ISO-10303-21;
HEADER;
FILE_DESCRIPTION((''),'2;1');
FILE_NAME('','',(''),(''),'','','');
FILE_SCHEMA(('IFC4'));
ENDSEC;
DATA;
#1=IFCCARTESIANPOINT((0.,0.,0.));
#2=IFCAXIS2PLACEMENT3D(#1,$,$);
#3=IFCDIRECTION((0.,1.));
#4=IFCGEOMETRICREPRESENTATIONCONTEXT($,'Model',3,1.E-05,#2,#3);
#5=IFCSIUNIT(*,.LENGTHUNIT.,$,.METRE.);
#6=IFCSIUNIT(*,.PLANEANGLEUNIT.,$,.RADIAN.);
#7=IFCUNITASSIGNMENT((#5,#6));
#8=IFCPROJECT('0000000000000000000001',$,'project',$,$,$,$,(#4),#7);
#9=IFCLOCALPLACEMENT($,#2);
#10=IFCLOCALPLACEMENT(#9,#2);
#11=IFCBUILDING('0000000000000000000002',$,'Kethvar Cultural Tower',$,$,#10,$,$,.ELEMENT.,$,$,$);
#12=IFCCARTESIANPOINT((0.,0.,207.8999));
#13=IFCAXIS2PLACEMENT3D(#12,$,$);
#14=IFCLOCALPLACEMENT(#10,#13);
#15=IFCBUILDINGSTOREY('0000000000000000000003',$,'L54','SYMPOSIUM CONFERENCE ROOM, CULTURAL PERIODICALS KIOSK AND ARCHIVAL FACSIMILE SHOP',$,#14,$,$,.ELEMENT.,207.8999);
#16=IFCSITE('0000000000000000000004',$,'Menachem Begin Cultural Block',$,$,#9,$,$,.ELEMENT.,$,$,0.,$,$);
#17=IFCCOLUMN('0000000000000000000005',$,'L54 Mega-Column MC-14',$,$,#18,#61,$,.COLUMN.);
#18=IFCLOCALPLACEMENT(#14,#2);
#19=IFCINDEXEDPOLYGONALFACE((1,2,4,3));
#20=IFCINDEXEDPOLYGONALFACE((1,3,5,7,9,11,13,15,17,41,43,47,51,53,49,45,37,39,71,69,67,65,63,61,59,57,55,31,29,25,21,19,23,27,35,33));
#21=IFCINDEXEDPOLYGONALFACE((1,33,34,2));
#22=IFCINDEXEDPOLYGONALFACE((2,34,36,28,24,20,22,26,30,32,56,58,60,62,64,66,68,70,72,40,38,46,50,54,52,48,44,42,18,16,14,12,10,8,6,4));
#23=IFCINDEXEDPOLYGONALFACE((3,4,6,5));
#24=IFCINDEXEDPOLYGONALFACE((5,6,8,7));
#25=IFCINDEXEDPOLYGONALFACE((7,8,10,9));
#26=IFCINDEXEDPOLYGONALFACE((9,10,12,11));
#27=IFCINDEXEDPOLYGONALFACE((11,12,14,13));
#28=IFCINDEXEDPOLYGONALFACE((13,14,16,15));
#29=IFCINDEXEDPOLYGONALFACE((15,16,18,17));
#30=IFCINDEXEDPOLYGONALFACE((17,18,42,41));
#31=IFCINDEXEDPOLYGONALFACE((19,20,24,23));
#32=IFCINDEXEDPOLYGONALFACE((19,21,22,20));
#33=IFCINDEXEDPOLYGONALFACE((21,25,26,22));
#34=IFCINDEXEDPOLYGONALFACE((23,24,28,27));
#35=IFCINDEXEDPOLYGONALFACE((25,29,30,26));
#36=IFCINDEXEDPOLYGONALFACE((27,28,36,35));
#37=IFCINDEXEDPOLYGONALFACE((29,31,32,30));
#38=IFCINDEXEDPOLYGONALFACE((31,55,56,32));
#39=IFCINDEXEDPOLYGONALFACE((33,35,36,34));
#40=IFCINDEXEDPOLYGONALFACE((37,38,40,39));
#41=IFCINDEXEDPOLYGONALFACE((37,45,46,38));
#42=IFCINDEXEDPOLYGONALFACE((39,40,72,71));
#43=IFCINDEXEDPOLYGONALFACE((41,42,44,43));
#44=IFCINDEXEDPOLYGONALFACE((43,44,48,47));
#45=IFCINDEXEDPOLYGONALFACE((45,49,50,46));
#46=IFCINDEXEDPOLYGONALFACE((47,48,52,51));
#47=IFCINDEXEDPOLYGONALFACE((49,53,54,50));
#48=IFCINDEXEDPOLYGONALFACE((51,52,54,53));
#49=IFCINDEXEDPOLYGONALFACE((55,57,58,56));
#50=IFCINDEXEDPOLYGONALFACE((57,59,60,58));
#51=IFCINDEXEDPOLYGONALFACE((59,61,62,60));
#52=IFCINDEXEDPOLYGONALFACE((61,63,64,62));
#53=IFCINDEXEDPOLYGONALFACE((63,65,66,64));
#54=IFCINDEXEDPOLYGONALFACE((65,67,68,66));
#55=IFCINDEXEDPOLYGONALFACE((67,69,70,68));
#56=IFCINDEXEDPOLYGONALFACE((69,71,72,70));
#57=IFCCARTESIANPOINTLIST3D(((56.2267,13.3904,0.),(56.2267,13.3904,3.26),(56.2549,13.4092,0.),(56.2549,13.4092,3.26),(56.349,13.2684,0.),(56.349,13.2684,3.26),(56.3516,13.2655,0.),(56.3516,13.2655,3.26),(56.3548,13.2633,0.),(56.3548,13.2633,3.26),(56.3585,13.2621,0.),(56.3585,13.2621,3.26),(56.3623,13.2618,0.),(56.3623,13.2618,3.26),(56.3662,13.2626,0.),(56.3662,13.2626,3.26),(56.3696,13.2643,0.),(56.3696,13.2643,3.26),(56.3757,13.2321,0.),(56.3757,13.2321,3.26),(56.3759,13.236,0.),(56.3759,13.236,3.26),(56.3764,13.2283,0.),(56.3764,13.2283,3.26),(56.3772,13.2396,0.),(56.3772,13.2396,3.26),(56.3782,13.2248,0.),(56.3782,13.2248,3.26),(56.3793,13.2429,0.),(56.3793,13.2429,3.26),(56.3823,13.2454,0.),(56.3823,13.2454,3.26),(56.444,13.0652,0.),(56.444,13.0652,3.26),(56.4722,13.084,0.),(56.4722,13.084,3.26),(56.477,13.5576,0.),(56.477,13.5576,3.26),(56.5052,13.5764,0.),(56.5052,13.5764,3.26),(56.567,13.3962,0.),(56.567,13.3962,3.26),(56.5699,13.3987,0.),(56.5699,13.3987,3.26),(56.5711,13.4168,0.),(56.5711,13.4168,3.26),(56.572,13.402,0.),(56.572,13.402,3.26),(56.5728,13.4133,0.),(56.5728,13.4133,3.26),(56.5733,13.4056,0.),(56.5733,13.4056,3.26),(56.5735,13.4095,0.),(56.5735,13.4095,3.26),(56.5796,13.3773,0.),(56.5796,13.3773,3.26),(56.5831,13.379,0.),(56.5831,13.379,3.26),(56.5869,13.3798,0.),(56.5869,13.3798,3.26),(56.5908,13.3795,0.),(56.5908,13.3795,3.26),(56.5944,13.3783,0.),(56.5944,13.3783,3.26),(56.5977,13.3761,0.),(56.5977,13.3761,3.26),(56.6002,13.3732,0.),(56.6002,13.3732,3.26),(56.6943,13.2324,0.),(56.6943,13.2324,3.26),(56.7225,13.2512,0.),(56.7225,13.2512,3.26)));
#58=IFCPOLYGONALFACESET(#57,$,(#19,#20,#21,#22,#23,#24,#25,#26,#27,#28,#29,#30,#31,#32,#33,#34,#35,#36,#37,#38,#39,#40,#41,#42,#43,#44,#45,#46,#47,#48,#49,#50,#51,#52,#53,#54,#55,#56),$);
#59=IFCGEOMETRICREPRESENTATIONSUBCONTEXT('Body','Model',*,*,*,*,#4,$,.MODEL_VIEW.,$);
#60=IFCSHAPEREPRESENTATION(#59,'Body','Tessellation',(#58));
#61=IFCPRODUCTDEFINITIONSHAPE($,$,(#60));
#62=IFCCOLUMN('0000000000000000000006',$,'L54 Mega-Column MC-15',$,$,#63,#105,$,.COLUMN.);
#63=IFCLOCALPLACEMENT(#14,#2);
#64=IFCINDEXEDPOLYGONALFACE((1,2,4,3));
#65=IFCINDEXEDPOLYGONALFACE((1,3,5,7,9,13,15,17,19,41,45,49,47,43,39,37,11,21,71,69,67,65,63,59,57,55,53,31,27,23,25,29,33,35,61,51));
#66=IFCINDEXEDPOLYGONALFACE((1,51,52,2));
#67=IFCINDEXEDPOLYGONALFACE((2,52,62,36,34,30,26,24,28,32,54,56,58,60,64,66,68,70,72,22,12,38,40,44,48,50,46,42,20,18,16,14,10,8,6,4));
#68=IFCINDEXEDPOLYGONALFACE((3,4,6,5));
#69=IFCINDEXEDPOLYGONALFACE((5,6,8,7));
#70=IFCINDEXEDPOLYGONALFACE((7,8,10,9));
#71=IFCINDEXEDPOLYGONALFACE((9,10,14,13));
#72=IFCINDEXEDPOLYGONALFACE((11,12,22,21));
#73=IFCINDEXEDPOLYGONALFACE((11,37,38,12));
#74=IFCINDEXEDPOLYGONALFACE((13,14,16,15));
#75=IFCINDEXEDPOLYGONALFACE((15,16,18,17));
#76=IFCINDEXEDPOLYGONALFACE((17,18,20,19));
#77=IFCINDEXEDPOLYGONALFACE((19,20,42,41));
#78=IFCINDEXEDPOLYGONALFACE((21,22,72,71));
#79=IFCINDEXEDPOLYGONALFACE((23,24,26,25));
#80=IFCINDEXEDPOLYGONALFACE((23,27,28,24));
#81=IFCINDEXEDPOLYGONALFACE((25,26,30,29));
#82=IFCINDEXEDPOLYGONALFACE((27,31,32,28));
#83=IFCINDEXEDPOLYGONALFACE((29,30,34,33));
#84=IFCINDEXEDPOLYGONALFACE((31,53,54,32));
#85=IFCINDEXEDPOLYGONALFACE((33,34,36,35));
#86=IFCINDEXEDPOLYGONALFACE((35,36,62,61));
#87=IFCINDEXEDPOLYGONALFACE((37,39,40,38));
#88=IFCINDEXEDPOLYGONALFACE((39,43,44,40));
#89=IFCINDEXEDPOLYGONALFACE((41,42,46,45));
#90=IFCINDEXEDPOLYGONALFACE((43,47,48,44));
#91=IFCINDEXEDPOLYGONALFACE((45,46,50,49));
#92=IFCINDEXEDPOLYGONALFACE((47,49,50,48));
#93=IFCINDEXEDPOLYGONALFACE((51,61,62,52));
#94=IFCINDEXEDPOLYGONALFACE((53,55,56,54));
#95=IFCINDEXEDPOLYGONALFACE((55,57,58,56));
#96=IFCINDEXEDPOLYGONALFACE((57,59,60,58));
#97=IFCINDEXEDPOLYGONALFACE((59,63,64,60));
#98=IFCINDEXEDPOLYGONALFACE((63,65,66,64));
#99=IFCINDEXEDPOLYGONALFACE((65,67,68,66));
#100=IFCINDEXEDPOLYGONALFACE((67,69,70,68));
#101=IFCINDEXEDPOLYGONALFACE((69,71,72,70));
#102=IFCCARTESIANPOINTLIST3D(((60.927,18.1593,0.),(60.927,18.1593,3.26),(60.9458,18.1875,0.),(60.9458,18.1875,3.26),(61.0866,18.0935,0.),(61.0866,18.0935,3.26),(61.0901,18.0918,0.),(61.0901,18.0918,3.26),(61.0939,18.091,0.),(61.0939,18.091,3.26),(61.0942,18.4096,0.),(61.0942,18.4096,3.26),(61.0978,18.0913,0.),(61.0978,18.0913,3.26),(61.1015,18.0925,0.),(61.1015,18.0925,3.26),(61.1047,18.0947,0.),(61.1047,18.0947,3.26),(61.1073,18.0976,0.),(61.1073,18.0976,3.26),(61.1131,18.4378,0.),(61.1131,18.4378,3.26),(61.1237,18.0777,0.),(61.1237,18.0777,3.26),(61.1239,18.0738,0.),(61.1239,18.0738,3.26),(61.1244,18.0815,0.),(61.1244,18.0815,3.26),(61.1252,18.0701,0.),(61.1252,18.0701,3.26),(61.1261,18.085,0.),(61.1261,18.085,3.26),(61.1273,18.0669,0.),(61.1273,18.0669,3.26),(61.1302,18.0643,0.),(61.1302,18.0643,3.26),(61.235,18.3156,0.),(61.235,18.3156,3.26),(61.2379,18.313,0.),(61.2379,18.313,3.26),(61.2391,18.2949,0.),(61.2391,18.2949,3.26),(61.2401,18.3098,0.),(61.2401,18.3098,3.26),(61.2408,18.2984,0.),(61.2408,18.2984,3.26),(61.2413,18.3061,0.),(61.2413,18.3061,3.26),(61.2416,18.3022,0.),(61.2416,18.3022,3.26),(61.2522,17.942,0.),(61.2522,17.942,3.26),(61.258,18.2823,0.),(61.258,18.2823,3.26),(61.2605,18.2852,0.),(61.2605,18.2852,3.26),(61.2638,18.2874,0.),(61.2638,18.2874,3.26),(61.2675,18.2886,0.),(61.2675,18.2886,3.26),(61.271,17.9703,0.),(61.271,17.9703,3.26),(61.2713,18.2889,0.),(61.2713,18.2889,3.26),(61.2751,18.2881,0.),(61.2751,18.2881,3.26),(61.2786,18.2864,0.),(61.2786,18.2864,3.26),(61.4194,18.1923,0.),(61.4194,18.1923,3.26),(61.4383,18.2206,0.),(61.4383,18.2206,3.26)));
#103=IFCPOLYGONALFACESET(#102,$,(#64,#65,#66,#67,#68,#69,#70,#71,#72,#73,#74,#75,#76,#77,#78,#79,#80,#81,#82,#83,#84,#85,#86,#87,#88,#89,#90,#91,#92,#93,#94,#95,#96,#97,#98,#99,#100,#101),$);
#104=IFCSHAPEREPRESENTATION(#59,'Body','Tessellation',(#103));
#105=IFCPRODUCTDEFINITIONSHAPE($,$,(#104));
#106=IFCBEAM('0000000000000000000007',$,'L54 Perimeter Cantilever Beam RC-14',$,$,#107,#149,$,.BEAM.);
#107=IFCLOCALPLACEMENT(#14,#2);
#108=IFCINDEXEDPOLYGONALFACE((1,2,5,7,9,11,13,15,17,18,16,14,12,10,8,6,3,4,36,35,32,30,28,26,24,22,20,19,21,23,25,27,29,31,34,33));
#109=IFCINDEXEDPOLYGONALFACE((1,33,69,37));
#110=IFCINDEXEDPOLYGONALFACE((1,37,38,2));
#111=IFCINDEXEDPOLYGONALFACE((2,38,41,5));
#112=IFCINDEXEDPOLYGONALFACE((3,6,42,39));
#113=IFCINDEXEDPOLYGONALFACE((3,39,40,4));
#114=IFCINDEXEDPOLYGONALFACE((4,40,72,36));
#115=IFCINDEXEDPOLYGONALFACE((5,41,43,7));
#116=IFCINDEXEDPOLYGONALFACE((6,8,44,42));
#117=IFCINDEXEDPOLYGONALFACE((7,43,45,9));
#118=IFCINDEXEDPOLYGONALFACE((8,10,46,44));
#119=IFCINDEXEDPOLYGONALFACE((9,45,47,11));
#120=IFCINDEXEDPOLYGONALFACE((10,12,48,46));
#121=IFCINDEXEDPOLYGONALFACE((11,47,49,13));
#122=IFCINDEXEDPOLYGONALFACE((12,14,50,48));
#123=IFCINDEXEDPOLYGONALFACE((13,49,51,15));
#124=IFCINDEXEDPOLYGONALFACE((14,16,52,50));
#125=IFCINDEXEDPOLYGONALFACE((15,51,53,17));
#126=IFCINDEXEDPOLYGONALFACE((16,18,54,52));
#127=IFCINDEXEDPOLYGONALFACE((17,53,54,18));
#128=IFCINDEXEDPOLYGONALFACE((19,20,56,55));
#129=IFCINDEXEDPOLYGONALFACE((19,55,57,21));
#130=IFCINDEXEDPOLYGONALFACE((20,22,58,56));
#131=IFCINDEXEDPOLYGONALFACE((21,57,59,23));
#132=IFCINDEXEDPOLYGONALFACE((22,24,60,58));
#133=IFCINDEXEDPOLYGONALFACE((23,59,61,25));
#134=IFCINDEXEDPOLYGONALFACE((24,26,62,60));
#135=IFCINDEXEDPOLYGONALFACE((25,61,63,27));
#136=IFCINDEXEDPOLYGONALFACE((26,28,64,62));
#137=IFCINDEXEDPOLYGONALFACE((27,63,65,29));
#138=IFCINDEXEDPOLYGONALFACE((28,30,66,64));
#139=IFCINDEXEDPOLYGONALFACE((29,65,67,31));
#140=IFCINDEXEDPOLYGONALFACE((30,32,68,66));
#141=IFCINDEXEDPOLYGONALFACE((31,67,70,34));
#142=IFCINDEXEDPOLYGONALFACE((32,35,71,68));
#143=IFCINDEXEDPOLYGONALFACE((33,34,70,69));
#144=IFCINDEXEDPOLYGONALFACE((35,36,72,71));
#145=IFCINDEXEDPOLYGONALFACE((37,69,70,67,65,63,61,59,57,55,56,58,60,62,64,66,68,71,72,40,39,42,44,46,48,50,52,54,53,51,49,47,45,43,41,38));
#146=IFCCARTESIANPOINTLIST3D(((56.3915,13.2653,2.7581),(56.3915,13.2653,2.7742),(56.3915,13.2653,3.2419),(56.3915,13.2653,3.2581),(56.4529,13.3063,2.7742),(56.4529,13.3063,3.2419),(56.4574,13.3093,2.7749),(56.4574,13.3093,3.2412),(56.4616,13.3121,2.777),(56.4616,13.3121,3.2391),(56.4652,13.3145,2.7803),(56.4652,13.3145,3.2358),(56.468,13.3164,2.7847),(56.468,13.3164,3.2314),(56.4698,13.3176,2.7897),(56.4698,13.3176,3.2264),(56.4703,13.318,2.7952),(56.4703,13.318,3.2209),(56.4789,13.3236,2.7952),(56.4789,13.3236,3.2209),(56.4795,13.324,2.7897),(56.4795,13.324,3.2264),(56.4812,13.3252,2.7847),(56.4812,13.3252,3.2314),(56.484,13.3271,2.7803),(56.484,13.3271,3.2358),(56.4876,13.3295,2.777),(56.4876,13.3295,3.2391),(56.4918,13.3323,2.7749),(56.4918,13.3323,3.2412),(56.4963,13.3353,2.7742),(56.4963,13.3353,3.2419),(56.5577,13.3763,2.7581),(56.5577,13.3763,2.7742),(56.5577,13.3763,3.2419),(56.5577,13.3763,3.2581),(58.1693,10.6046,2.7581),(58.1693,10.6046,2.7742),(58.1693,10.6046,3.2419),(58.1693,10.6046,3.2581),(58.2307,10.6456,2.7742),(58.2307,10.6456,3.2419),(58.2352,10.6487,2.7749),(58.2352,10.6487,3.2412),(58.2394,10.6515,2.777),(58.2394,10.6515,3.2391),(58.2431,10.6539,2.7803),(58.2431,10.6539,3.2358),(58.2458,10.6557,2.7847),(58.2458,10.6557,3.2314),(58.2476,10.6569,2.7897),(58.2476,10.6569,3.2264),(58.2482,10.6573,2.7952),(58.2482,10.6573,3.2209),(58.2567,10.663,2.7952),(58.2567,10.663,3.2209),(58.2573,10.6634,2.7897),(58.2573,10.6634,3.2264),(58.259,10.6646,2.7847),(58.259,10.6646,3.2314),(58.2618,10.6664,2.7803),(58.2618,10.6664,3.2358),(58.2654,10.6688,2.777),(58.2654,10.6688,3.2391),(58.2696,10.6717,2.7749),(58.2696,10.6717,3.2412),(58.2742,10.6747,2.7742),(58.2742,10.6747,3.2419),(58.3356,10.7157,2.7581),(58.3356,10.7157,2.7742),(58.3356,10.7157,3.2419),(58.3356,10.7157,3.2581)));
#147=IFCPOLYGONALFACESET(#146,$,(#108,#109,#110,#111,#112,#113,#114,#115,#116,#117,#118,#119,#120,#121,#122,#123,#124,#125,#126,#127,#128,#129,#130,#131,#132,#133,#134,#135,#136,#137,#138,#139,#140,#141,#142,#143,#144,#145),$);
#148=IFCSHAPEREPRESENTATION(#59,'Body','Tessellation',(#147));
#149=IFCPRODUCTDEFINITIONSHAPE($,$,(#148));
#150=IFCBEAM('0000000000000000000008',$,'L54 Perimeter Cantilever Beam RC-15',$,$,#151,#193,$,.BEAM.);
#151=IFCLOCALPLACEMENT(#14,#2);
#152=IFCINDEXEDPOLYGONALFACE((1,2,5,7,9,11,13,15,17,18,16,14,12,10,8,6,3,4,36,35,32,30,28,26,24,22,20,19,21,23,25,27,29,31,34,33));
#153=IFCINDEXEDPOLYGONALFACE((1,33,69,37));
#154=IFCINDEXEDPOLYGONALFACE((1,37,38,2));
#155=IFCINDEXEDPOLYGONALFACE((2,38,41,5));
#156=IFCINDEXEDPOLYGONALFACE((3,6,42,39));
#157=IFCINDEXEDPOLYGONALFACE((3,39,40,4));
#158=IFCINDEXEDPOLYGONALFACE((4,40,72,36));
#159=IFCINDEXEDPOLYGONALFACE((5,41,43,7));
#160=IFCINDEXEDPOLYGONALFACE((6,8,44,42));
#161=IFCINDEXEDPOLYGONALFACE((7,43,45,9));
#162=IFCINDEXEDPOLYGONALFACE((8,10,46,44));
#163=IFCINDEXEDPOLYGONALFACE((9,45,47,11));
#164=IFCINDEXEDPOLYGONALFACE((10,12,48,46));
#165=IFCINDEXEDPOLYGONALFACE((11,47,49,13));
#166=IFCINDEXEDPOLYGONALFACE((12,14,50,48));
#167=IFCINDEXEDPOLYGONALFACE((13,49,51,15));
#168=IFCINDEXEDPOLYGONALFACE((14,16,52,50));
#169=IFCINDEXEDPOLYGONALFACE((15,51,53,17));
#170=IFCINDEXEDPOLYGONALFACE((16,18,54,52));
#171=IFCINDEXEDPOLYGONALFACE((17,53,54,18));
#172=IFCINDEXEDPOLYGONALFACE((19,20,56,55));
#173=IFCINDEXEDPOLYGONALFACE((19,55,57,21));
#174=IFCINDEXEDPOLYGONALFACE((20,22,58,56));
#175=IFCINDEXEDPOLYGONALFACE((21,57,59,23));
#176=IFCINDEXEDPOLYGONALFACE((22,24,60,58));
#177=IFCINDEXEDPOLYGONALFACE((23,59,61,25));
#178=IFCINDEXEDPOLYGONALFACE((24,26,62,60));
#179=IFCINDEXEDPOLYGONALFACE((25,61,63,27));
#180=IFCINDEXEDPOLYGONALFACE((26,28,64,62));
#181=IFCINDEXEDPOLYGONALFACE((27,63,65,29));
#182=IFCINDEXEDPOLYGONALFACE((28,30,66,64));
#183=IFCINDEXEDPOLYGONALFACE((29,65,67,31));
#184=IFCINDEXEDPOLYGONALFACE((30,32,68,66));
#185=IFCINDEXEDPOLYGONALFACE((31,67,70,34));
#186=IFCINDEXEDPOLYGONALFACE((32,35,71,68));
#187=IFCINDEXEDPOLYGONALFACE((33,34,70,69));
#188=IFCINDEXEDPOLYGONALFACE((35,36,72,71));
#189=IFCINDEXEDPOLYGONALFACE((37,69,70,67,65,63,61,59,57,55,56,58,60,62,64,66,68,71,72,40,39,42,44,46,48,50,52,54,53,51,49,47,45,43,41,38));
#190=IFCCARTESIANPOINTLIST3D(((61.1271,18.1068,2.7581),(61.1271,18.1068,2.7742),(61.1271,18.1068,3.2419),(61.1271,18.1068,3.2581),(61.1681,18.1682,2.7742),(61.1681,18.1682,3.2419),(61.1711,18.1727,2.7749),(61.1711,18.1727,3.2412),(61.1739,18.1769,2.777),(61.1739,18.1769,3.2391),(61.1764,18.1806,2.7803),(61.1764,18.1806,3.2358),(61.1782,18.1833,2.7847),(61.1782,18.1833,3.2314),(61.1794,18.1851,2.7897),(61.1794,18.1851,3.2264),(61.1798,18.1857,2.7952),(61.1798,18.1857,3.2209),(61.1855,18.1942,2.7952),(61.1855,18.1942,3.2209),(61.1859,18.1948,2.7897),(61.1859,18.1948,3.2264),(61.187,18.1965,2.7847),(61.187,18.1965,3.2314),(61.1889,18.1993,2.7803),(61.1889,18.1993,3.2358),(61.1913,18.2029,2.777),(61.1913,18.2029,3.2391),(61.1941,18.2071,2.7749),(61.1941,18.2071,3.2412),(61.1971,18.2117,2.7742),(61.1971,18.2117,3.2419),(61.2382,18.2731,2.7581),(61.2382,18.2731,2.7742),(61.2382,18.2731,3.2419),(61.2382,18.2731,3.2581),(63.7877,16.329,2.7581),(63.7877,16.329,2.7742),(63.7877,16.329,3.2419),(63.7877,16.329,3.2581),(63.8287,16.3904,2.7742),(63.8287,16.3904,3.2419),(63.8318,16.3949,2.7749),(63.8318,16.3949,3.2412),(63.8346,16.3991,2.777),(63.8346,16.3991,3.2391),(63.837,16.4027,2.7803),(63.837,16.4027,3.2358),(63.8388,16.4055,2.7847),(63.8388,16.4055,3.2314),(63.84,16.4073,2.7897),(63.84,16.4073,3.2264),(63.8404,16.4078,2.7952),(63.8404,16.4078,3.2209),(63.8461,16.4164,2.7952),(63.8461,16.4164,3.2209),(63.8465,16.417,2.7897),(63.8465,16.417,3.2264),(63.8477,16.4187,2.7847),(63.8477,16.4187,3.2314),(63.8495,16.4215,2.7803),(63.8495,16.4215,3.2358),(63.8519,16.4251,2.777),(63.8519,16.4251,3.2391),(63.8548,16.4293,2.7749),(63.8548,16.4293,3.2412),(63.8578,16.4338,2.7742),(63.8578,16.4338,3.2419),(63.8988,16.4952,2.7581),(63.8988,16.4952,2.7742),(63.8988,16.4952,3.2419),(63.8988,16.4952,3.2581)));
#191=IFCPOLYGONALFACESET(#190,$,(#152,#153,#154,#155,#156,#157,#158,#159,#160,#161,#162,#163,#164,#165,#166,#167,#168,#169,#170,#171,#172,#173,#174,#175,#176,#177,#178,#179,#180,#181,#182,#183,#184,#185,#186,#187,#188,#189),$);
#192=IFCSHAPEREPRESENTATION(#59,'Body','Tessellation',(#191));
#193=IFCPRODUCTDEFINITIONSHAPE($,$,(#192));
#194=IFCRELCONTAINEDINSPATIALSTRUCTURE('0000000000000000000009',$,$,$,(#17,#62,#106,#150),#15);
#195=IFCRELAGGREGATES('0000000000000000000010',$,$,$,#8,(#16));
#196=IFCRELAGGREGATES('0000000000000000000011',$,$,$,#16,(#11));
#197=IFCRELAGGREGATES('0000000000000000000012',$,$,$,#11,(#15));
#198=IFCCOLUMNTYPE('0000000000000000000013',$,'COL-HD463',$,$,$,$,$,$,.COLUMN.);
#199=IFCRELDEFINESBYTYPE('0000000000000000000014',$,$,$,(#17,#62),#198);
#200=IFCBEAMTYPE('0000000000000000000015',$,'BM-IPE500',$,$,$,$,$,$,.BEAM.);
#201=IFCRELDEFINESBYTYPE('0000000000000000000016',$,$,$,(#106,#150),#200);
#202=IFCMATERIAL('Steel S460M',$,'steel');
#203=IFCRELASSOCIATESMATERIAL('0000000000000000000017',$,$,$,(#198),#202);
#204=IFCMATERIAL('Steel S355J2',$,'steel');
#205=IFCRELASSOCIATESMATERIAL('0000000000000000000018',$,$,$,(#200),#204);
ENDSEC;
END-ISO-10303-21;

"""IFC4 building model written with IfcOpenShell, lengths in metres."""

from ifc_helpers import new_model, si_unit, direction, frame, origin, origin_2d, place, context, subcontext, project, spatial, i_section, extrude, source, transform, mapped, material, material_profile, profile_set, type_object, element, save


model = new_model("IFC4")

# Units and contexts
model_context = context("Model", 3, precision=1e-05, world=origin(), true_north=direction((0.0, 1.0)))
body_context = subcontext(model_context, "Body", "Model", "MODEL_VIEW")
ifc_project = project(units=[si_unit("LENGTHUNIT", "METRE"), si_unit("PLANEANGLEUNIT", "RADIAN")], contexts=[model_context])

# Site, building, storey
site_placement = place(None, origin())
site = spatial("IfcSite", under=ifc_project, at=site_placement, Name="Menachem Begin Cultural Block", CompositionType="ELEMENT", RefElevation=0.0)
building_placement = place(site_placement, origin())
building = spatial("IfcBuilding", under=site, at=building_placement, Name="Kethvar Cultural Tower", CompositionType="ELEMENT")
storey_placement = place(building_placement, frame((0.0, 0.0, 207.8999)))
storey = spatial("IfcBuildingStorey", under=building, at=storey_placement, Name="L54", Description="SYMPOSIUM CONFERENCE ROOM, CULTURAL PERIODICALS KIOSK AND ARCHIVAL FACSIMILE SHOP", CompositionType="ELEMENT", Elevation=207.8999)

# Columns
ifc_material_1 = material(Name="Steel S460M", Category="steel")
ifc_material_profile_1 = material_profile(ifc_material_1, i_section(OverallWidth=0.3911, OverallDepth=0.335, WebThickness=0.0227, FlangeThickness=0.0339, FilletRadius=0.0149, at=origin_2d()), Name="Steel S460M — HD400x463")
ifc_profile_set_1 = profile_set([ifc_material_profile_1], Name="Steel S460M — HD400x463")
column_type = type_object("IfcColumnType", Name="COL-HD463", PredefinedType="COLUMN", material=ifc_profile_set_1)
shared_shape_1 = source(origin(), body_context, "Body", "SweptSolid", [
    extrude(i_section(OverallWidth=0.3911, OverallDepth=0.335, WebThickness=0.0227, FlangeThickness=0.0339, FilletRadius=0.0149, at=origin_2d()), origin(), (0.0, 0.0, 1.0), 3.26),
])
for number, where, z_axis, x_axis, name in (
    (1, (56.4746, 13.3208, 0.0), (0.0, 0.0, 1.0), (0.55557, -0.83147, 0.0), "L54 Mega-Column MC-14"),
    (2, (61.1826, 18.1899, 0.0), (0.0, 0.0, 1.0), (0.83147, -0.55557, 0.0), "L54 Mega-Column MC-15"),
):
    element("IfcColumn", number, at=place(storey_placement, frame(where, z_axis=z_axis, x_axis=x_axis)), inside=storey, type_object=column_type, Name=name, PredefinedType="COLUMN", context=body_context, shape_type="MappedRepresentation", body=[
        mapped(shared_shape_1, transform((0.0, 0.0, 0.0), scale=1.0)),
    ])

# Beams
ifc_material_2 = material(Name="Steel S355J2", Category="steel")
ifc_material_profile_2 = material_profile(ifc_material_2, i_section(OverallWidth=0.2, OverallDepth=0.5, WebThickness=0.0103, FlangeThickness=0.0161, FilletRadius=0.021, at=origin_2d()), Name="Steel S355J2 — IPE500")
ifc_profile_set_2 = profile_set([ifc_material_profile_2], Name="Steel S355J2 — IPE500")
beam_type_1 = type_object("IfcBeamType", Name="BM-IPE500", PredefinedType="BEAM", material=ifc_profile_set_2)
shared_shape_2 = source(origin(), body_context, "Body", "SweptSolid", [
    extrude(i_section(OverallWidth=0.2, OverallDepth=0.5, WebThickness=0.0103, FlangeThickness=0.0161, FilletRadius=0.021, at=origin_2d()), origin(), (0.0, 0.0, 1.0), 3.2),
])
for number, where, z_axis, x_axis, name in (
    (3, (56.4746, 13.3208, 3.0081), (0.55558, -0.831463, 0.0), (0.831463, 0.55558, 0.0), "L54 Perimeter Cantilever Beam RC-14"),
    (4, (61.1826, 18.1899, 3.0081), (0.831463, -0.55558, 0.0), (0.55558, 0.831463, 0.0), "L54 Perimeter Cantilever Beam RC-15"),
):
    element("IfcBeam", number, at=place(storey_placement, frame(where, z_axis=z_axis, x_axis=x_axis)), inside=storey, type_object=beam_type_1, Name=name, PredefinedType="BEAM", context=body_context, shape_type="MappedRepresentation", body=[
        mapped(shared_shape_2, transform((0.0, 0.0, 0.0), scale=1.0)),
    ])

save(model, "model.ifc")
